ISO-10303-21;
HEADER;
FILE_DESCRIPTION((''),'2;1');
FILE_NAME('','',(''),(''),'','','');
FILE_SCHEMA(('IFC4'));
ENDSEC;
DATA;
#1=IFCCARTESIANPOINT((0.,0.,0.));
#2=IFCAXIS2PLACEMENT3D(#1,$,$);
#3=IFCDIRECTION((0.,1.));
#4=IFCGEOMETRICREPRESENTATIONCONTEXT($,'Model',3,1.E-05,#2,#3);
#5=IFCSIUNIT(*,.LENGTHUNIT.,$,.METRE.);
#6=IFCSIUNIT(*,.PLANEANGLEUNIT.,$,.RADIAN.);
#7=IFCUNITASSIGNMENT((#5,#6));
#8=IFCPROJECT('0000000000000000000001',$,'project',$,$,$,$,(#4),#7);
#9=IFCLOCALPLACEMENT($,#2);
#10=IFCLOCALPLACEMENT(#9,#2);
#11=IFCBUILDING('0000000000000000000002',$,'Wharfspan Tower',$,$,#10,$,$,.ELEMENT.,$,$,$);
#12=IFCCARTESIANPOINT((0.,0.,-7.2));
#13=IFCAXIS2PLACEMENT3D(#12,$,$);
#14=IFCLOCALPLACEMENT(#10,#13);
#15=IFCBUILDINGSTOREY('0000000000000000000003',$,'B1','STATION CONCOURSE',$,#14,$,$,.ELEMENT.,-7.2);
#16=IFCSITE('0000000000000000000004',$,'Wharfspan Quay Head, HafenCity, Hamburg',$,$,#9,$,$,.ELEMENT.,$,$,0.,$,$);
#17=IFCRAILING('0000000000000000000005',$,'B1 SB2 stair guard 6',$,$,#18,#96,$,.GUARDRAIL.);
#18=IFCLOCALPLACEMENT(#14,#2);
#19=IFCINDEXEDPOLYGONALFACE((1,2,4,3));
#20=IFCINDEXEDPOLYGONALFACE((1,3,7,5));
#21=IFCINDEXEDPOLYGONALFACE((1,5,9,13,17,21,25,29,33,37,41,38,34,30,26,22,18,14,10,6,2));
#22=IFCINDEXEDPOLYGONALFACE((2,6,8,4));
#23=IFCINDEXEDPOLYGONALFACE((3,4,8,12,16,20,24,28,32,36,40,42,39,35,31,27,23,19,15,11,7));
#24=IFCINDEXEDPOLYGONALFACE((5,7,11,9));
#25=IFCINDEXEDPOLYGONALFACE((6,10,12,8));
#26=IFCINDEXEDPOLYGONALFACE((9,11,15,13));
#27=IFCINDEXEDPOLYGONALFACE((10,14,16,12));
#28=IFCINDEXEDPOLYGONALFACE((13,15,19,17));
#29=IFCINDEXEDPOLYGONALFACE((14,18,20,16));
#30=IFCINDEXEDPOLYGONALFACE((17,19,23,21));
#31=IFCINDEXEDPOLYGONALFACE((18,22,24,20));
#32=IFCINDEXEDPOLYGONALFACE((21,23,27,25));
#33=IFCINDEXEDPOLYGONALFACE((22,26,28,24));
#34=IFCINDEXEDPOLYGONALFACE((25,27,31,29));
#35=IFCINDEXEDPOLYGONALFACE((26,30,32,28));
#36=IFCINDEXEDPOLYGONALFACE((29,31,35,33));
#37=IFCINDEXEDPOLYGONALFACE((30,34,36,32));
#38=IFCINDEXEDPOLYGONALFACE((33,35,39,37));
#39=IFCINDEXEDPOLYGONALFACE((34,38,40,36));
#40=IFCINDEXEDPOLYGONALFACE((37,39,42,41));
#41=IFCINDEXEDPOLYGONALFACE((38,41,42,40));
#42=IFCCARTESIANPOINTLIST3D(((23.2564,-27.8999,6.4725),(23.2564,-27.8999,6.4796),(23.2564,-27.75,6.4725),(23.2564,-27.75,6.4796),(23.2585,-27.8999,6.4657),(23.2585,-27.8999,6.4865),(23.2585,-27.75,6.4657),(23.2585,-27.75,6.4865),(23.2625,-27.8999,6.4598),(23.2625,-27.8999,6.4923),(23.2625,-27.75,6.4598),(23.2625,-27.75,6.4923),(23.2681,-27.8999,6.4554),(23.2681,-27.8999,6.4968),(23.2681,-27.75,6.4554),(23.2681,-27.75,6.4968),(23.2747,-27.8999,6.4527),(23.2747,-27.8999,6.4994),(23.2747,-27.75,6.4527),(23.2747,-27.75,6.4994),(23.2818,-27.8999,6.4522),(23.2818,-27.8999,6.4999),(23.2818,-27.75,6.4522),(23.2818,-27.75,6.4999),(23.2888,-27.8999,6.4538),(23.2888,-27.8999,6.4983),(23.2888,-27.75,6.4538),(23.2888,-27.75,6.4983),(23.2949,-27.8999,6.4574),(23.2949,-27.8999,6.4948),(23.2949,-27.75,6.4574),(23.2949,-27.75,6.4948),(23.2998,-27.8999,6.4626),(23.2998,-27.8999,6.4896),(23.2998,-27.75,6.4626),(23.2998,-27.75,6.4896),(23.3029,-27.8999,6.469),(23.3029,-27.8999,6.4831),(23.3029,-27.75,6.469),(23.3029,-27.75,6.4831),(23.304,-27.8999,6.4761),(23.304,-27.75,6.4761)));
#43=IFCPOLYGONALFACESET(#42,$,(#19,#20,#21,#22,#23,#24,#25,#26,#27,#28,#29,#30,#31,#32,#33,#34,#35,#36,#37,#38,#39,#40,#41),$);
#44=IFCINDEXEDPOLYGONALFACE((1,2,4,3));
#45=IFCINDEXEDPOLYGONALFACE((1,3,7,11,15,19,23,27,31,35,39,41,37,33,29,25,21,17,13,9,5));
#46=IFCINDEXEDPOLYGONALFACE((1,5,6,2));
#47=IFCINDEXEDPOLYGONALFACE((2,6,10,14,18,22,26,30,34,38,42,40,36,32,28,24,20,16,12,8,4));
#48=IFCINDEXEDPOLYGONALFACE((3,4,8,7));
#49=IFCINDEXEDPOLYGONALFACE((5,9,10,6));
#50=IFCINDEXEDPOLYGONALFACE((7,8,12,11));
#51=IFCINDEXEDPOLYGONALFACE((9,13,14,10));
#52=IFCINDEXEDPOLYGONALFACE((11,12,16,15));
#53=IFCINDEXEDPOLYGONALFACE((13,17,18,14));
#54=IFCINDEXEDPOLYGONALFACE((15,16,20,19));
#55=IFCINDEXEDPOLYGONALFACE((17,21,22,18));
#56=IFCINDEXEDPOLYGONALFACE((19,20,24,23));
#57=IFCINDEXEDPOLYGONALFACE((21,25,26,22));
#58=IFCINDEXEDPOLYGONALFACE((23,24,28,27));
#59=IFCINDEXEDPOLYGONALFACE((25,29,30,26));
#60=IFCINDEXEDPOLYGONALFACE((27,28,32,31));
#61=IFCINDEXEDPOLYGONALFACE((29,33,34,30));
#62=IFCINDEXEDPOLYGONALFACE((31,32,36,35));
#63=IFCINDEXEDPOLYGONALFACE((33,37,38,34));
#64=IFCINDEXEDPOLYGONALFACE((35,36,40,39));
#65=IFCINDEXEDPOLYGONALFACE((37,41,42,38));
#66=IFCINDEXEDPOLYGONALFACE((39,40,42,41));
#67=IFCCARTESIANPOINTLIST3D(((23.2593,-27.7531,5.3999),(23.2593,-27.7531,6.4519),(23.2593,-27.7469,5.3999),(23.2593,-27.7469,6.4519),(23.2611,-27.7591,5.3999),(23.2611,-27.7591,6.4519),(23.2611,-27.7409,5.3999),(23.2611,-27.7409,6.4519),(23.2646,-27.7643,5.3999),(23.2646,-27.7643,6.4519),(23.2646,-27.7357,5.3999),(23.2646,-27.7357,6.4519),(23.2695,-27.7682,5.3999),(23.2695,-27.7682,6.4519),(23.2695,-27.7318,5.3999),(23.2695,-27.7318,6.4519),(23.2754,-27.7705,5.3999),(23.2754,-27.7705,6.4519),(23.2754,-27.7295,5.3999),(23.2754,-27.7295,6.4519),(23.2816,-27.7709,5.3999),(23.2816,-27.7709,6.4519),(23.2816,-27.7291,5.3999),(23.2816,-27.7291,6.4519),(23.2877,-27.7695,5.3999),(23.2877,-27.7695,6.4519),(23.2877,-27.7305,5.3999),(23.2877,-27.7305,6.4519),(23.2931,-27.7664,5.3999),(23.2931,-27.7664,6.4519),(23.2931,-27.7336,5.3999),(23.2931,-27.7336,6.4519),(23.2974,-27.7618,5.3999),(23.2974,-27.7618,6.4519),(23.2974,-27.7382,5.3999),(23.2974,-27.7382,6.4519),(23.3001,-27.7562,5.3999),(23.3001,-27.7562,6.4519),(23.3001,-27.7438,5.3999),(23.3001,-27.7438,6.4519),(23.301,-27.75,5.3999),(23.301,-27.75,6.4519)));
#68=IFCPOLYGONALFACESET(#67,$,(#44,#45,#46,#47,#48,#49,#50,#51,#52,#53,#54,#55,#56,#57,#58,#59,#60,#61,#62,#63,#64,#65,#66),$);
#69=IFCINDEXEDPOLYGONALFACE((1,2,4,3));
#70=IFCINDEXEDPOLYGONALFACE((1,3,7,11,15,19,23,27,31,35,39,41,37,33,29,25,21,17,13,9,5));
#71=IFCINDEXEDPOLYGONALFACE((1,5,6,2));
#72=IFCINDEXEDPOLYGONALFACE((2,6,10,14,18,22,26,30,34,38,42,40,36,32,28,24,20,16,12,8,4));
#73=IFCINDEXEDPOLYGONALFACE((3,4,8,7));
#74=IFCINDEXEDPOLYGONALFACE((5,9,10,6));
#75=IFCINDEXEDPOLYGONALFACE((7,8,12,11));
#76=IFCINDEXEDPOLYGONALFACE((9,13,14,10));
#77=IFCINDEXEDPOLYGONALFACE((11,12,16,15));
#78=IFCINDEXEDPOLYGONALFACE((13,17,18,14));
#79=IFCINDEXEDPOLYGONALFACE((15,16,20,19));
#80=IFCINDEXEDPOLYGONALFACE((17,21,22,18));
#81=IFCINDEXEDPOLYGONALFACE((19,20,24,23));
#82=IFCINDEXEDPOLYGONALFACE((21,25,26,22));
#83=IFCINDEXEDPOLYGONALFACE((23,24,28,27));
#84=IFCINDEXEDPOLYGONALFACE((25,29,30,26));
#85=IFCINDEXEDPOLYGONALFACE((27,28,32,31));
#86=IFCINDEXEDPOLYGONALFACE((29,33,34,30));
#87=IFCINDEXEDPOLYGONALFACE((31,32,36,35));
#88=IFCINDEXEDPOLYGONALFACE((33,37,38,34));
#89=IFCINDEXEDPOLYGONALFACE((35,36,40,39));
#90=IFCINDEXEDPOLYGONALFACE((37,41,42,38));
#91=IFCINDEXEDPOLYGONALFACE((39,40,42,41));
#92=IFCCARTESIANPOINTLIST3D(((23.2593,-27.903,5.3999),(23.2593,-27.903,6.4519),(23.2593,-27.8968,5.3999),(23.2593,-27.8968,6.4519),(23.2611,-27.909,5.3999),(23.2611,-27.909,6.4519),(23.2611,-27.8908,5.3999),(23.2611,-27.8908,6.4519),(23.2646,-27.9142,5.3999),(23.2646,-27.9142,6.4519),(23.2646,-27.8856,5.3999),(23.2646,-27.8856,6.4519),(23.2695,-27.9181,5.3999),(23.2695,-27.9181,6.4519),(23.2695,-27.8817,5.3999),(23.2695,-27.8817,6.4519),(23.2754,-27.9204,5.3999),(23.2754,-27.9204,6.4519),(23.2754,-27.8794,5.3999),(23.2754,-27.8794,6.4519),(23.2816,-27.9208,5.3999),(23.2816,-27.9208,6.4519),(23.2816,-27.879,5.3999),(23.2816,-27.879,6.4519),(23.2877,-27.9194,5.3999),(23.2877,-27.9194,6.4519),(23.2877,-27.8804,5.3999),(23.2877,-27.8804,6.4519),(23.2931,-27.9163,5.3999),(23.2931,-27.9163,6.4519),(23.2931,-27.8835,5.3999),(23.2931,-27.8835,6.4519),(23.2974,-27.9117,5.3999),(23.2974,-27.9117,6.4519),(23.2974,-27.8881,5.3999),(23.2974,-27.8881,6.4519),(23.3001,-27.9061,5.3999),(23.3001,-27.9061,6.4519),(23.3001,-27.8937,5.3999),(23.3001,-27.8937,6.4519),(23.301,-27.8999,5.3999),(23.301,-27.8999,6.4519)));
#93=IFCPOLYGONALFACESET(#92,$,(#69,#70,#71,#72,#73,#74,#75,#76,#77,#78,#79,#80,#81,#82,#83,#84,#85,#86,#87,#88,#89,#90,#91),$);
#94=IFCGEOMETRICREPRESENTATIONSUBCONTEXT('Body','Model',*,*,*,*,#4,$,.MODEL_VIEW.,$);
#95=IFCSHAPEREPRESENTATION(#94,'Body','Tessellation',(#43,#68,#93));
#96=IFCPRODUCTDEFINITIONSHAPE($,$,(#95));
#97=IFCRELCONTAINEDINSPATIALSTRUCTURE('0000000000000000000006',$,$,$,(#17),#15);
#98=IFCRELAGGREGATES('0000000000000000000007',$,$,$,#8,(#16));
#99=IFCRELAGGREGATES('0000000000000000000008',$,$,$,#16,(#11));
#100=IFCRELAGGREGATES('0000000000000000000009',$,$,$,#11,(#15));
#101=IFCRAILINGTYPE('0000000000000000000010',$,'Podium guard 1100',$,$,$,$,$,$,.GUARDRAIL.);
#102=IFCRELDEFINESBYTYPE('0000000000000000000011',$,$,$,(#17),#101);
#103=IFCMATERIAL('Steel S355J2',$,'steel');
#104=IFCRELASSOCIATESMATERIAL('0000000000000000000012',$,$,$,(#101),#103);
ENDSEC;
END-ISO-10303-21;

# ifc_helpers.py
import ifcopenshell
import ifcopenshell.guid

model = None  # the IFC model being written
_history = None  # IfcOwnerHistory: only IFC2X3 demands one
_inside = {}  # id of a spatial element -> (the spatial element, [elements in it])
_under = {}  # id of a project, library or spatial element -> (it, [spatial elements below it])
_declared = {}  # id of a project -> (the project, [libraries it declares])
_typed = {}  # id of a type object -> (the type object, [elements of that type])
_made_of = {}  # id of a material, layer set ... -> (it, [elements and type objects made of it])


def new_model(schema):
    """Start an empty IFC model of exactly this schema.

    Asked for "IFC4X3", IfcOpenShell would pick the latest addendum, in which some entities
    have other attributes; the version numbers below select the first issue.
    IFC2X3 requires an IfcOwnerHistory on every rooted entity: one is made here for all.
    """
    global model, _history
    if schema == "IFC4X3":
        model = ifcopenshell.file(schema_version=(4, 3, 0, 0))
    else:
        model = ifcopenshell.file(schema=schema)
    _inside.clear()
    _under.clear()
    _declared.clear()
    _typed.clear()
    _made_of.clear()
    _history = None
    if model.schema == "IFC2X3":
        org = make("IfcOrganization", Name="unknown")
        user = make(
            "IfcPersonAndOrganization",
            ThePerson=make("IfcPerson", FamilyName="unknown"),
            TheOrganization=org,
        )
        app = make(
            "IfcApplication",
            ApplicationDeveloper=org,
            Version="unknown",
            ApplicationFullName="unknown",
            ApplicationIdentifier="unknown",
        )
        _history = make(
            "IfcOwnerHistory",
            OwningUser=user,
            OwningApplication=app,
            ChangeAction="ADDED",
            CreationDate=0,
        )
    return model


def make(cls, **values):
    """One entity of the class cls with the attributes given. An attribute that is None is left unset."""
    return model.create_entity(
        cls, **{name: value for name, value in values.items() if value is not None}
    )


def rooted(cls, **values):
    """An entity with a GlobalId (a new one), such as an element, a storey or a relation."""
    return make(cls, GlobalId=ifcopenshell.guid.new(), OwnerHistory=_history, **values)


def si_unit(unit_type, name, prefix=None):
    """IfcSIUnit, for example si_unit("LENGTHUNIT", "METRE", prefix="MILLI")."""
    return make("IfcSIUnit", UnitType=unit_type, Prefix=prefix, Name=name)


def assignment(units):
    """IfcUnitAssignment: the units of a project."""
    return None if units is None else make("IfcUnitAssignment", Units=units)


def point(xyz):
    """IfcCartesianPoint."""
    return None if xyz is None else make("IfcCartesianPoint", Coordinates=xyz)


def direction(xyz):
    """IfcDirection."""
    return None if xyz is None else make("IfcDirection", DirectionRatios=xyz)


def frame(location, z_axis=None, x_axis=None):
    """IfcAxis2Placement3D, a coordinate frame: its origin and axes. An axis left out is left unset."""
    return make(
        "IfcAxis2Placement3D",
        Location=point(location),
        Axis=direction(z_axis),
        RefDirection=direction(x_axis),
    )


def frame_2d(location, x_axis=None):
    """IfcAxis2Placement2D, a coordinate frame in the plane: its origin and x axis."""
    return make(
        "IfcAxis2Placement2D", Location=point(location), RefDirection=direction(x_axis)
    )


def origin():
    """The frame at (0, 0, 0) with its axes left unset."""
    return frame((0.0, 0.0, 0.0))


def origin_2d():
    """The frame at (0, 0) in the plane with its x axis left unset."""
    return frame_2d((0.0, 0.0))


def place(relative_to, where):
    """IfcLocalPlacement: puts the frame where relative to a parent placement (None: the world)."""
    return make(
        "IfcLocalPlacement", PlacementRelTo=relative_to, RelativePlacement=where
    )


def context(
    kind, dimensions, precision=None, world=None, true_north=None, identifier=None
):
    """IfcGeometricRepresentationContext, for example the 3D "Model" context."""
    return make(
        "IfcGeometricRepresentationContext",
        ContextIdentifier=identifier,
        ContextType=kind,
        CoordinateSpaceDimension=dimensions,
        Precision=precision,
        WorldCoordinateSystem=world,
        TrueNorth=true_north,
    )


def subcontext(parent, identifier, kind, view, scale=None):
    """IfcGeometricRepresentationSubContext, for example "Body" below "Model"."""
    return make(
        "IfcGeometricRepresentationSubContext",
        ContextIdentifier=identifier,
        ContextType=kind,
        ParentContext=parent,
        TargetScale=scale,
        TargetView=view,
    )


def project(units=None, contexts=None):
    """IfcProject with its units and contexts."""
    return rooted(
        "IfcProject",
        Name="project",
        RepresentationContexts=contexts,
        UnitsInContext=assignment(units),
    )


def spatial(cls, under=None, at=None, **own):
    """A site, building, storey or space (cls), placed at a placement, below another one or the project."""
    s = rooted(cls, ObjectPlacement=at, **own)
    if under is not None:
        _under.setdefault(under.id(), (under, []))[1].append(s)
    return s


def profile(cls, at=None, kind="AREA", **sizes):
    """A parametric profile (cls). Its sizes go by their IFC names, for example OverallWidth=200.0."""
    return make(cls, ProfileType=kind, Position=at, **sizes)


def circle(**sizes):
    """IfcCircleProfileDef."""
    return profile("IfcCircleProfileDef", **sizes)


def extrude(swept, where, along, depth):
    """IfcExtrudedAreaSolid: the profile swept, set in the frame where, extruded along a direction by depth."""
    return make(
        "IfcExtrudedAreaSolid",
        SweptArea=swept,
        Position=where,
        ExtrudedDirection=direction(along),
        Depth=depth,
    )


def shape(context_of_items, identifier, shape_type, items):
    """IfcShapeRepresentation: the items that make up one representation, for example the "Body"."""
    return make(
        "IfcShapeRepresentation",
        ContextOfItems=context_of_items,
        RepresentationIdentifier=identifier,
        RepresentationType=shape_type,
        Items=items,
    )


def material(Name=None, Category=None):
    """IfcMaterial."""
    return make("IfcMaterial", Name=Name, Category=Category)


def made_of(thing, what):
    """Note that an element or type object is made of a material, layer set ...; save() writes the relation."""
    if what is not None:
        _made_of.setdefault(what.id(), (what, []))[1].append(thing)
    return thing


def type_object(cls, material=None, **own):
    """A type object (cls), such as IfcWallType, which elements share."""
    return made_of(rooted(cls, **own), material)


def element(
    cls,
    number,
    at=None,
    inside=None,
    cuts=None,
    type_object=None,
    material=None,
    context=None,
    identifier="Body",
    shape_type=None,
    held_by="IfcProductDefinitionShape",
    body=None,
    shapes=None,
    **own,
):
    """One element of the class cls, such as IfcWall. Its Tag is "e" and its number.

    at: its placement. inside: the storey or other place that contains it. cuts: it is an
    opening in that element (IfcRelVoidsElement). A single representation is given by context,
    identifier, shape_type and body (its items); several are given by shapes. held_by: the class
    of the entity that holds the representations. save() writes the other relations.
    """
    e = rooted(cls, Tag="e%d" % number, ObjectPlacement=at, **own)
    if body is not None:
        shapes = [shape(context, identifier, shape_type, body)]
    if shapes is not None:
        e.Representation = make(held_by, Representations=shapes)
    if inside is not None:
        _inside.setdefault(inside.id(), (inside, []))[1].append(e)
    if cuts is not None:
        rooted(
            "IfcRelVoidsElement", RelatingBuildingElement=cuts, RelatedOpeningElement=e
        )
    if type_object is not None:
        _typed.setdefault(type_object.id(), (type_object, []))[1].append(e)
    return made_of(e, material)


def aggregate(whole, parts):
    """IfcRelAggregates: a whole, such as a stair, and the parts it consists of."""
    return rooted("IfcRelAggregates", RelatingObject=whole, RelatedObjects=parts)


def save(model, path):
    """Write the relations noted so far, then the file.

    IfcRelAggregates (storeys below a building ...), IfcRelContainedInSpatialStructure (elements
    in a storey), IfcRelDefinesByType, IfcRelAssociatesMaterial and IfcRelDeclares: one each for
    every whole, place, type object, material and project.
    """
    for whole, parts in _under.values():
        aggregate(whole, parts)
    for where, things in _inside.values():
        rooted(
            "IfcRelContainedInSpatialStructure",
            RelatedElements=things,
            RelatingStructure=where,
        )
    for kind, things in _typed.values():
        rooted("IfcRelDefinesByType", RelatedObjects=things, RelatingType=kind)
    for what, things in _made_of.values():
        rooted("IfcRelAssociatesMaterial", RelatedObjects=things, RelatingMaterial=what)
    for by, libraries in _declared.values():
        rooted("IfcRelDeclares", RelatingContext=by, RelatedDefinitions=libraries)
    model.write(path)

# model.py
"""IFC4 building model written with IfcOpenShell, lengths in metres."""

from ifc_helpers import new_model, si_unit, direction, frame, origin, origin_2d, place, context, subcontext, project, spatial, circle, extrude, material, type_object, element, save


model = new_model("IFC4")

# Units and contexts
model_context = context("Model", 3, precision=1e-05, world=origin(), true_north=direction((0.0, 1.0)))
body_context = subcontext(model_context, "Body", "Model", "MODEL_VIEW")
ifc_project = project(units=[si_unit("LENGTHUNIT", "METRE"), si_unit("PLANEANGLEUNIT", "RADIAN")], contexts=[model_context])

# Site, building, storey
site_placement = place(None, origin())
site = spatial("IfcSite", under=ifc_project, at=site_placement, Name="Wharfspan Quay Head, HafenCity, Hamburg", CompositionType="ELEMENT", RefElevation=0.0)
building_placement = place(site_placement, origin())
building = spatial("IfcBuilding", under=site, at=building_placement, Name="Wharfspan Tower", CompositionType="ELEMENT")
storey_placement = place(building_placement, frame((0.0, 0.0, -7.2)))
storey = spatial("IfcBuildingStorey", under=building, at=storey_placement, Name="B1", Description="STATION CONCOURSE", CompositionType="ELEMENT", Elevation=-7.2)

# Railing
ifc_material_1 = material(Name="Steel S355J2", Category="steel")
railing_type_1 = type_object("IfcRailingType", Name="Podium guard 1100", PredefinedType="GUARDRAIL", material=ifc_material_1)
railing_1_placement = place(storey_placement, frame((23.28, -27.75, 5.3999)))
element("IfcRailing", 1, at=railing_1_placement, inside=storey, type_object=railing_type_1, Name="B1 SB2 stair guard 6", PredefinedType="GUARDRAIL", context=body_context, shape_type="SweptSolid", body=[
    extrude(circle(Radius=0.0239, at=origin_2d()), frame((0.0, 0.0, 1.0762), z_axis=(0.0, -1.0, 0.0), x_axis=(1.0, 0.0, 0.0)), (0.0, 0.0, 1.0), 0.1499),
    extrude(circle(Radius=0.021, at=origin_2d()), origin(), (0.0, 0.0, 1.0), 1.052),
    extrude(circle(Radius=0.021, at=origin_2d()), frame((0.0, -0.1499, 0.0)), (0.0, 0.0, 1.0), 1.052),
])

save(model, "model.ifc")
